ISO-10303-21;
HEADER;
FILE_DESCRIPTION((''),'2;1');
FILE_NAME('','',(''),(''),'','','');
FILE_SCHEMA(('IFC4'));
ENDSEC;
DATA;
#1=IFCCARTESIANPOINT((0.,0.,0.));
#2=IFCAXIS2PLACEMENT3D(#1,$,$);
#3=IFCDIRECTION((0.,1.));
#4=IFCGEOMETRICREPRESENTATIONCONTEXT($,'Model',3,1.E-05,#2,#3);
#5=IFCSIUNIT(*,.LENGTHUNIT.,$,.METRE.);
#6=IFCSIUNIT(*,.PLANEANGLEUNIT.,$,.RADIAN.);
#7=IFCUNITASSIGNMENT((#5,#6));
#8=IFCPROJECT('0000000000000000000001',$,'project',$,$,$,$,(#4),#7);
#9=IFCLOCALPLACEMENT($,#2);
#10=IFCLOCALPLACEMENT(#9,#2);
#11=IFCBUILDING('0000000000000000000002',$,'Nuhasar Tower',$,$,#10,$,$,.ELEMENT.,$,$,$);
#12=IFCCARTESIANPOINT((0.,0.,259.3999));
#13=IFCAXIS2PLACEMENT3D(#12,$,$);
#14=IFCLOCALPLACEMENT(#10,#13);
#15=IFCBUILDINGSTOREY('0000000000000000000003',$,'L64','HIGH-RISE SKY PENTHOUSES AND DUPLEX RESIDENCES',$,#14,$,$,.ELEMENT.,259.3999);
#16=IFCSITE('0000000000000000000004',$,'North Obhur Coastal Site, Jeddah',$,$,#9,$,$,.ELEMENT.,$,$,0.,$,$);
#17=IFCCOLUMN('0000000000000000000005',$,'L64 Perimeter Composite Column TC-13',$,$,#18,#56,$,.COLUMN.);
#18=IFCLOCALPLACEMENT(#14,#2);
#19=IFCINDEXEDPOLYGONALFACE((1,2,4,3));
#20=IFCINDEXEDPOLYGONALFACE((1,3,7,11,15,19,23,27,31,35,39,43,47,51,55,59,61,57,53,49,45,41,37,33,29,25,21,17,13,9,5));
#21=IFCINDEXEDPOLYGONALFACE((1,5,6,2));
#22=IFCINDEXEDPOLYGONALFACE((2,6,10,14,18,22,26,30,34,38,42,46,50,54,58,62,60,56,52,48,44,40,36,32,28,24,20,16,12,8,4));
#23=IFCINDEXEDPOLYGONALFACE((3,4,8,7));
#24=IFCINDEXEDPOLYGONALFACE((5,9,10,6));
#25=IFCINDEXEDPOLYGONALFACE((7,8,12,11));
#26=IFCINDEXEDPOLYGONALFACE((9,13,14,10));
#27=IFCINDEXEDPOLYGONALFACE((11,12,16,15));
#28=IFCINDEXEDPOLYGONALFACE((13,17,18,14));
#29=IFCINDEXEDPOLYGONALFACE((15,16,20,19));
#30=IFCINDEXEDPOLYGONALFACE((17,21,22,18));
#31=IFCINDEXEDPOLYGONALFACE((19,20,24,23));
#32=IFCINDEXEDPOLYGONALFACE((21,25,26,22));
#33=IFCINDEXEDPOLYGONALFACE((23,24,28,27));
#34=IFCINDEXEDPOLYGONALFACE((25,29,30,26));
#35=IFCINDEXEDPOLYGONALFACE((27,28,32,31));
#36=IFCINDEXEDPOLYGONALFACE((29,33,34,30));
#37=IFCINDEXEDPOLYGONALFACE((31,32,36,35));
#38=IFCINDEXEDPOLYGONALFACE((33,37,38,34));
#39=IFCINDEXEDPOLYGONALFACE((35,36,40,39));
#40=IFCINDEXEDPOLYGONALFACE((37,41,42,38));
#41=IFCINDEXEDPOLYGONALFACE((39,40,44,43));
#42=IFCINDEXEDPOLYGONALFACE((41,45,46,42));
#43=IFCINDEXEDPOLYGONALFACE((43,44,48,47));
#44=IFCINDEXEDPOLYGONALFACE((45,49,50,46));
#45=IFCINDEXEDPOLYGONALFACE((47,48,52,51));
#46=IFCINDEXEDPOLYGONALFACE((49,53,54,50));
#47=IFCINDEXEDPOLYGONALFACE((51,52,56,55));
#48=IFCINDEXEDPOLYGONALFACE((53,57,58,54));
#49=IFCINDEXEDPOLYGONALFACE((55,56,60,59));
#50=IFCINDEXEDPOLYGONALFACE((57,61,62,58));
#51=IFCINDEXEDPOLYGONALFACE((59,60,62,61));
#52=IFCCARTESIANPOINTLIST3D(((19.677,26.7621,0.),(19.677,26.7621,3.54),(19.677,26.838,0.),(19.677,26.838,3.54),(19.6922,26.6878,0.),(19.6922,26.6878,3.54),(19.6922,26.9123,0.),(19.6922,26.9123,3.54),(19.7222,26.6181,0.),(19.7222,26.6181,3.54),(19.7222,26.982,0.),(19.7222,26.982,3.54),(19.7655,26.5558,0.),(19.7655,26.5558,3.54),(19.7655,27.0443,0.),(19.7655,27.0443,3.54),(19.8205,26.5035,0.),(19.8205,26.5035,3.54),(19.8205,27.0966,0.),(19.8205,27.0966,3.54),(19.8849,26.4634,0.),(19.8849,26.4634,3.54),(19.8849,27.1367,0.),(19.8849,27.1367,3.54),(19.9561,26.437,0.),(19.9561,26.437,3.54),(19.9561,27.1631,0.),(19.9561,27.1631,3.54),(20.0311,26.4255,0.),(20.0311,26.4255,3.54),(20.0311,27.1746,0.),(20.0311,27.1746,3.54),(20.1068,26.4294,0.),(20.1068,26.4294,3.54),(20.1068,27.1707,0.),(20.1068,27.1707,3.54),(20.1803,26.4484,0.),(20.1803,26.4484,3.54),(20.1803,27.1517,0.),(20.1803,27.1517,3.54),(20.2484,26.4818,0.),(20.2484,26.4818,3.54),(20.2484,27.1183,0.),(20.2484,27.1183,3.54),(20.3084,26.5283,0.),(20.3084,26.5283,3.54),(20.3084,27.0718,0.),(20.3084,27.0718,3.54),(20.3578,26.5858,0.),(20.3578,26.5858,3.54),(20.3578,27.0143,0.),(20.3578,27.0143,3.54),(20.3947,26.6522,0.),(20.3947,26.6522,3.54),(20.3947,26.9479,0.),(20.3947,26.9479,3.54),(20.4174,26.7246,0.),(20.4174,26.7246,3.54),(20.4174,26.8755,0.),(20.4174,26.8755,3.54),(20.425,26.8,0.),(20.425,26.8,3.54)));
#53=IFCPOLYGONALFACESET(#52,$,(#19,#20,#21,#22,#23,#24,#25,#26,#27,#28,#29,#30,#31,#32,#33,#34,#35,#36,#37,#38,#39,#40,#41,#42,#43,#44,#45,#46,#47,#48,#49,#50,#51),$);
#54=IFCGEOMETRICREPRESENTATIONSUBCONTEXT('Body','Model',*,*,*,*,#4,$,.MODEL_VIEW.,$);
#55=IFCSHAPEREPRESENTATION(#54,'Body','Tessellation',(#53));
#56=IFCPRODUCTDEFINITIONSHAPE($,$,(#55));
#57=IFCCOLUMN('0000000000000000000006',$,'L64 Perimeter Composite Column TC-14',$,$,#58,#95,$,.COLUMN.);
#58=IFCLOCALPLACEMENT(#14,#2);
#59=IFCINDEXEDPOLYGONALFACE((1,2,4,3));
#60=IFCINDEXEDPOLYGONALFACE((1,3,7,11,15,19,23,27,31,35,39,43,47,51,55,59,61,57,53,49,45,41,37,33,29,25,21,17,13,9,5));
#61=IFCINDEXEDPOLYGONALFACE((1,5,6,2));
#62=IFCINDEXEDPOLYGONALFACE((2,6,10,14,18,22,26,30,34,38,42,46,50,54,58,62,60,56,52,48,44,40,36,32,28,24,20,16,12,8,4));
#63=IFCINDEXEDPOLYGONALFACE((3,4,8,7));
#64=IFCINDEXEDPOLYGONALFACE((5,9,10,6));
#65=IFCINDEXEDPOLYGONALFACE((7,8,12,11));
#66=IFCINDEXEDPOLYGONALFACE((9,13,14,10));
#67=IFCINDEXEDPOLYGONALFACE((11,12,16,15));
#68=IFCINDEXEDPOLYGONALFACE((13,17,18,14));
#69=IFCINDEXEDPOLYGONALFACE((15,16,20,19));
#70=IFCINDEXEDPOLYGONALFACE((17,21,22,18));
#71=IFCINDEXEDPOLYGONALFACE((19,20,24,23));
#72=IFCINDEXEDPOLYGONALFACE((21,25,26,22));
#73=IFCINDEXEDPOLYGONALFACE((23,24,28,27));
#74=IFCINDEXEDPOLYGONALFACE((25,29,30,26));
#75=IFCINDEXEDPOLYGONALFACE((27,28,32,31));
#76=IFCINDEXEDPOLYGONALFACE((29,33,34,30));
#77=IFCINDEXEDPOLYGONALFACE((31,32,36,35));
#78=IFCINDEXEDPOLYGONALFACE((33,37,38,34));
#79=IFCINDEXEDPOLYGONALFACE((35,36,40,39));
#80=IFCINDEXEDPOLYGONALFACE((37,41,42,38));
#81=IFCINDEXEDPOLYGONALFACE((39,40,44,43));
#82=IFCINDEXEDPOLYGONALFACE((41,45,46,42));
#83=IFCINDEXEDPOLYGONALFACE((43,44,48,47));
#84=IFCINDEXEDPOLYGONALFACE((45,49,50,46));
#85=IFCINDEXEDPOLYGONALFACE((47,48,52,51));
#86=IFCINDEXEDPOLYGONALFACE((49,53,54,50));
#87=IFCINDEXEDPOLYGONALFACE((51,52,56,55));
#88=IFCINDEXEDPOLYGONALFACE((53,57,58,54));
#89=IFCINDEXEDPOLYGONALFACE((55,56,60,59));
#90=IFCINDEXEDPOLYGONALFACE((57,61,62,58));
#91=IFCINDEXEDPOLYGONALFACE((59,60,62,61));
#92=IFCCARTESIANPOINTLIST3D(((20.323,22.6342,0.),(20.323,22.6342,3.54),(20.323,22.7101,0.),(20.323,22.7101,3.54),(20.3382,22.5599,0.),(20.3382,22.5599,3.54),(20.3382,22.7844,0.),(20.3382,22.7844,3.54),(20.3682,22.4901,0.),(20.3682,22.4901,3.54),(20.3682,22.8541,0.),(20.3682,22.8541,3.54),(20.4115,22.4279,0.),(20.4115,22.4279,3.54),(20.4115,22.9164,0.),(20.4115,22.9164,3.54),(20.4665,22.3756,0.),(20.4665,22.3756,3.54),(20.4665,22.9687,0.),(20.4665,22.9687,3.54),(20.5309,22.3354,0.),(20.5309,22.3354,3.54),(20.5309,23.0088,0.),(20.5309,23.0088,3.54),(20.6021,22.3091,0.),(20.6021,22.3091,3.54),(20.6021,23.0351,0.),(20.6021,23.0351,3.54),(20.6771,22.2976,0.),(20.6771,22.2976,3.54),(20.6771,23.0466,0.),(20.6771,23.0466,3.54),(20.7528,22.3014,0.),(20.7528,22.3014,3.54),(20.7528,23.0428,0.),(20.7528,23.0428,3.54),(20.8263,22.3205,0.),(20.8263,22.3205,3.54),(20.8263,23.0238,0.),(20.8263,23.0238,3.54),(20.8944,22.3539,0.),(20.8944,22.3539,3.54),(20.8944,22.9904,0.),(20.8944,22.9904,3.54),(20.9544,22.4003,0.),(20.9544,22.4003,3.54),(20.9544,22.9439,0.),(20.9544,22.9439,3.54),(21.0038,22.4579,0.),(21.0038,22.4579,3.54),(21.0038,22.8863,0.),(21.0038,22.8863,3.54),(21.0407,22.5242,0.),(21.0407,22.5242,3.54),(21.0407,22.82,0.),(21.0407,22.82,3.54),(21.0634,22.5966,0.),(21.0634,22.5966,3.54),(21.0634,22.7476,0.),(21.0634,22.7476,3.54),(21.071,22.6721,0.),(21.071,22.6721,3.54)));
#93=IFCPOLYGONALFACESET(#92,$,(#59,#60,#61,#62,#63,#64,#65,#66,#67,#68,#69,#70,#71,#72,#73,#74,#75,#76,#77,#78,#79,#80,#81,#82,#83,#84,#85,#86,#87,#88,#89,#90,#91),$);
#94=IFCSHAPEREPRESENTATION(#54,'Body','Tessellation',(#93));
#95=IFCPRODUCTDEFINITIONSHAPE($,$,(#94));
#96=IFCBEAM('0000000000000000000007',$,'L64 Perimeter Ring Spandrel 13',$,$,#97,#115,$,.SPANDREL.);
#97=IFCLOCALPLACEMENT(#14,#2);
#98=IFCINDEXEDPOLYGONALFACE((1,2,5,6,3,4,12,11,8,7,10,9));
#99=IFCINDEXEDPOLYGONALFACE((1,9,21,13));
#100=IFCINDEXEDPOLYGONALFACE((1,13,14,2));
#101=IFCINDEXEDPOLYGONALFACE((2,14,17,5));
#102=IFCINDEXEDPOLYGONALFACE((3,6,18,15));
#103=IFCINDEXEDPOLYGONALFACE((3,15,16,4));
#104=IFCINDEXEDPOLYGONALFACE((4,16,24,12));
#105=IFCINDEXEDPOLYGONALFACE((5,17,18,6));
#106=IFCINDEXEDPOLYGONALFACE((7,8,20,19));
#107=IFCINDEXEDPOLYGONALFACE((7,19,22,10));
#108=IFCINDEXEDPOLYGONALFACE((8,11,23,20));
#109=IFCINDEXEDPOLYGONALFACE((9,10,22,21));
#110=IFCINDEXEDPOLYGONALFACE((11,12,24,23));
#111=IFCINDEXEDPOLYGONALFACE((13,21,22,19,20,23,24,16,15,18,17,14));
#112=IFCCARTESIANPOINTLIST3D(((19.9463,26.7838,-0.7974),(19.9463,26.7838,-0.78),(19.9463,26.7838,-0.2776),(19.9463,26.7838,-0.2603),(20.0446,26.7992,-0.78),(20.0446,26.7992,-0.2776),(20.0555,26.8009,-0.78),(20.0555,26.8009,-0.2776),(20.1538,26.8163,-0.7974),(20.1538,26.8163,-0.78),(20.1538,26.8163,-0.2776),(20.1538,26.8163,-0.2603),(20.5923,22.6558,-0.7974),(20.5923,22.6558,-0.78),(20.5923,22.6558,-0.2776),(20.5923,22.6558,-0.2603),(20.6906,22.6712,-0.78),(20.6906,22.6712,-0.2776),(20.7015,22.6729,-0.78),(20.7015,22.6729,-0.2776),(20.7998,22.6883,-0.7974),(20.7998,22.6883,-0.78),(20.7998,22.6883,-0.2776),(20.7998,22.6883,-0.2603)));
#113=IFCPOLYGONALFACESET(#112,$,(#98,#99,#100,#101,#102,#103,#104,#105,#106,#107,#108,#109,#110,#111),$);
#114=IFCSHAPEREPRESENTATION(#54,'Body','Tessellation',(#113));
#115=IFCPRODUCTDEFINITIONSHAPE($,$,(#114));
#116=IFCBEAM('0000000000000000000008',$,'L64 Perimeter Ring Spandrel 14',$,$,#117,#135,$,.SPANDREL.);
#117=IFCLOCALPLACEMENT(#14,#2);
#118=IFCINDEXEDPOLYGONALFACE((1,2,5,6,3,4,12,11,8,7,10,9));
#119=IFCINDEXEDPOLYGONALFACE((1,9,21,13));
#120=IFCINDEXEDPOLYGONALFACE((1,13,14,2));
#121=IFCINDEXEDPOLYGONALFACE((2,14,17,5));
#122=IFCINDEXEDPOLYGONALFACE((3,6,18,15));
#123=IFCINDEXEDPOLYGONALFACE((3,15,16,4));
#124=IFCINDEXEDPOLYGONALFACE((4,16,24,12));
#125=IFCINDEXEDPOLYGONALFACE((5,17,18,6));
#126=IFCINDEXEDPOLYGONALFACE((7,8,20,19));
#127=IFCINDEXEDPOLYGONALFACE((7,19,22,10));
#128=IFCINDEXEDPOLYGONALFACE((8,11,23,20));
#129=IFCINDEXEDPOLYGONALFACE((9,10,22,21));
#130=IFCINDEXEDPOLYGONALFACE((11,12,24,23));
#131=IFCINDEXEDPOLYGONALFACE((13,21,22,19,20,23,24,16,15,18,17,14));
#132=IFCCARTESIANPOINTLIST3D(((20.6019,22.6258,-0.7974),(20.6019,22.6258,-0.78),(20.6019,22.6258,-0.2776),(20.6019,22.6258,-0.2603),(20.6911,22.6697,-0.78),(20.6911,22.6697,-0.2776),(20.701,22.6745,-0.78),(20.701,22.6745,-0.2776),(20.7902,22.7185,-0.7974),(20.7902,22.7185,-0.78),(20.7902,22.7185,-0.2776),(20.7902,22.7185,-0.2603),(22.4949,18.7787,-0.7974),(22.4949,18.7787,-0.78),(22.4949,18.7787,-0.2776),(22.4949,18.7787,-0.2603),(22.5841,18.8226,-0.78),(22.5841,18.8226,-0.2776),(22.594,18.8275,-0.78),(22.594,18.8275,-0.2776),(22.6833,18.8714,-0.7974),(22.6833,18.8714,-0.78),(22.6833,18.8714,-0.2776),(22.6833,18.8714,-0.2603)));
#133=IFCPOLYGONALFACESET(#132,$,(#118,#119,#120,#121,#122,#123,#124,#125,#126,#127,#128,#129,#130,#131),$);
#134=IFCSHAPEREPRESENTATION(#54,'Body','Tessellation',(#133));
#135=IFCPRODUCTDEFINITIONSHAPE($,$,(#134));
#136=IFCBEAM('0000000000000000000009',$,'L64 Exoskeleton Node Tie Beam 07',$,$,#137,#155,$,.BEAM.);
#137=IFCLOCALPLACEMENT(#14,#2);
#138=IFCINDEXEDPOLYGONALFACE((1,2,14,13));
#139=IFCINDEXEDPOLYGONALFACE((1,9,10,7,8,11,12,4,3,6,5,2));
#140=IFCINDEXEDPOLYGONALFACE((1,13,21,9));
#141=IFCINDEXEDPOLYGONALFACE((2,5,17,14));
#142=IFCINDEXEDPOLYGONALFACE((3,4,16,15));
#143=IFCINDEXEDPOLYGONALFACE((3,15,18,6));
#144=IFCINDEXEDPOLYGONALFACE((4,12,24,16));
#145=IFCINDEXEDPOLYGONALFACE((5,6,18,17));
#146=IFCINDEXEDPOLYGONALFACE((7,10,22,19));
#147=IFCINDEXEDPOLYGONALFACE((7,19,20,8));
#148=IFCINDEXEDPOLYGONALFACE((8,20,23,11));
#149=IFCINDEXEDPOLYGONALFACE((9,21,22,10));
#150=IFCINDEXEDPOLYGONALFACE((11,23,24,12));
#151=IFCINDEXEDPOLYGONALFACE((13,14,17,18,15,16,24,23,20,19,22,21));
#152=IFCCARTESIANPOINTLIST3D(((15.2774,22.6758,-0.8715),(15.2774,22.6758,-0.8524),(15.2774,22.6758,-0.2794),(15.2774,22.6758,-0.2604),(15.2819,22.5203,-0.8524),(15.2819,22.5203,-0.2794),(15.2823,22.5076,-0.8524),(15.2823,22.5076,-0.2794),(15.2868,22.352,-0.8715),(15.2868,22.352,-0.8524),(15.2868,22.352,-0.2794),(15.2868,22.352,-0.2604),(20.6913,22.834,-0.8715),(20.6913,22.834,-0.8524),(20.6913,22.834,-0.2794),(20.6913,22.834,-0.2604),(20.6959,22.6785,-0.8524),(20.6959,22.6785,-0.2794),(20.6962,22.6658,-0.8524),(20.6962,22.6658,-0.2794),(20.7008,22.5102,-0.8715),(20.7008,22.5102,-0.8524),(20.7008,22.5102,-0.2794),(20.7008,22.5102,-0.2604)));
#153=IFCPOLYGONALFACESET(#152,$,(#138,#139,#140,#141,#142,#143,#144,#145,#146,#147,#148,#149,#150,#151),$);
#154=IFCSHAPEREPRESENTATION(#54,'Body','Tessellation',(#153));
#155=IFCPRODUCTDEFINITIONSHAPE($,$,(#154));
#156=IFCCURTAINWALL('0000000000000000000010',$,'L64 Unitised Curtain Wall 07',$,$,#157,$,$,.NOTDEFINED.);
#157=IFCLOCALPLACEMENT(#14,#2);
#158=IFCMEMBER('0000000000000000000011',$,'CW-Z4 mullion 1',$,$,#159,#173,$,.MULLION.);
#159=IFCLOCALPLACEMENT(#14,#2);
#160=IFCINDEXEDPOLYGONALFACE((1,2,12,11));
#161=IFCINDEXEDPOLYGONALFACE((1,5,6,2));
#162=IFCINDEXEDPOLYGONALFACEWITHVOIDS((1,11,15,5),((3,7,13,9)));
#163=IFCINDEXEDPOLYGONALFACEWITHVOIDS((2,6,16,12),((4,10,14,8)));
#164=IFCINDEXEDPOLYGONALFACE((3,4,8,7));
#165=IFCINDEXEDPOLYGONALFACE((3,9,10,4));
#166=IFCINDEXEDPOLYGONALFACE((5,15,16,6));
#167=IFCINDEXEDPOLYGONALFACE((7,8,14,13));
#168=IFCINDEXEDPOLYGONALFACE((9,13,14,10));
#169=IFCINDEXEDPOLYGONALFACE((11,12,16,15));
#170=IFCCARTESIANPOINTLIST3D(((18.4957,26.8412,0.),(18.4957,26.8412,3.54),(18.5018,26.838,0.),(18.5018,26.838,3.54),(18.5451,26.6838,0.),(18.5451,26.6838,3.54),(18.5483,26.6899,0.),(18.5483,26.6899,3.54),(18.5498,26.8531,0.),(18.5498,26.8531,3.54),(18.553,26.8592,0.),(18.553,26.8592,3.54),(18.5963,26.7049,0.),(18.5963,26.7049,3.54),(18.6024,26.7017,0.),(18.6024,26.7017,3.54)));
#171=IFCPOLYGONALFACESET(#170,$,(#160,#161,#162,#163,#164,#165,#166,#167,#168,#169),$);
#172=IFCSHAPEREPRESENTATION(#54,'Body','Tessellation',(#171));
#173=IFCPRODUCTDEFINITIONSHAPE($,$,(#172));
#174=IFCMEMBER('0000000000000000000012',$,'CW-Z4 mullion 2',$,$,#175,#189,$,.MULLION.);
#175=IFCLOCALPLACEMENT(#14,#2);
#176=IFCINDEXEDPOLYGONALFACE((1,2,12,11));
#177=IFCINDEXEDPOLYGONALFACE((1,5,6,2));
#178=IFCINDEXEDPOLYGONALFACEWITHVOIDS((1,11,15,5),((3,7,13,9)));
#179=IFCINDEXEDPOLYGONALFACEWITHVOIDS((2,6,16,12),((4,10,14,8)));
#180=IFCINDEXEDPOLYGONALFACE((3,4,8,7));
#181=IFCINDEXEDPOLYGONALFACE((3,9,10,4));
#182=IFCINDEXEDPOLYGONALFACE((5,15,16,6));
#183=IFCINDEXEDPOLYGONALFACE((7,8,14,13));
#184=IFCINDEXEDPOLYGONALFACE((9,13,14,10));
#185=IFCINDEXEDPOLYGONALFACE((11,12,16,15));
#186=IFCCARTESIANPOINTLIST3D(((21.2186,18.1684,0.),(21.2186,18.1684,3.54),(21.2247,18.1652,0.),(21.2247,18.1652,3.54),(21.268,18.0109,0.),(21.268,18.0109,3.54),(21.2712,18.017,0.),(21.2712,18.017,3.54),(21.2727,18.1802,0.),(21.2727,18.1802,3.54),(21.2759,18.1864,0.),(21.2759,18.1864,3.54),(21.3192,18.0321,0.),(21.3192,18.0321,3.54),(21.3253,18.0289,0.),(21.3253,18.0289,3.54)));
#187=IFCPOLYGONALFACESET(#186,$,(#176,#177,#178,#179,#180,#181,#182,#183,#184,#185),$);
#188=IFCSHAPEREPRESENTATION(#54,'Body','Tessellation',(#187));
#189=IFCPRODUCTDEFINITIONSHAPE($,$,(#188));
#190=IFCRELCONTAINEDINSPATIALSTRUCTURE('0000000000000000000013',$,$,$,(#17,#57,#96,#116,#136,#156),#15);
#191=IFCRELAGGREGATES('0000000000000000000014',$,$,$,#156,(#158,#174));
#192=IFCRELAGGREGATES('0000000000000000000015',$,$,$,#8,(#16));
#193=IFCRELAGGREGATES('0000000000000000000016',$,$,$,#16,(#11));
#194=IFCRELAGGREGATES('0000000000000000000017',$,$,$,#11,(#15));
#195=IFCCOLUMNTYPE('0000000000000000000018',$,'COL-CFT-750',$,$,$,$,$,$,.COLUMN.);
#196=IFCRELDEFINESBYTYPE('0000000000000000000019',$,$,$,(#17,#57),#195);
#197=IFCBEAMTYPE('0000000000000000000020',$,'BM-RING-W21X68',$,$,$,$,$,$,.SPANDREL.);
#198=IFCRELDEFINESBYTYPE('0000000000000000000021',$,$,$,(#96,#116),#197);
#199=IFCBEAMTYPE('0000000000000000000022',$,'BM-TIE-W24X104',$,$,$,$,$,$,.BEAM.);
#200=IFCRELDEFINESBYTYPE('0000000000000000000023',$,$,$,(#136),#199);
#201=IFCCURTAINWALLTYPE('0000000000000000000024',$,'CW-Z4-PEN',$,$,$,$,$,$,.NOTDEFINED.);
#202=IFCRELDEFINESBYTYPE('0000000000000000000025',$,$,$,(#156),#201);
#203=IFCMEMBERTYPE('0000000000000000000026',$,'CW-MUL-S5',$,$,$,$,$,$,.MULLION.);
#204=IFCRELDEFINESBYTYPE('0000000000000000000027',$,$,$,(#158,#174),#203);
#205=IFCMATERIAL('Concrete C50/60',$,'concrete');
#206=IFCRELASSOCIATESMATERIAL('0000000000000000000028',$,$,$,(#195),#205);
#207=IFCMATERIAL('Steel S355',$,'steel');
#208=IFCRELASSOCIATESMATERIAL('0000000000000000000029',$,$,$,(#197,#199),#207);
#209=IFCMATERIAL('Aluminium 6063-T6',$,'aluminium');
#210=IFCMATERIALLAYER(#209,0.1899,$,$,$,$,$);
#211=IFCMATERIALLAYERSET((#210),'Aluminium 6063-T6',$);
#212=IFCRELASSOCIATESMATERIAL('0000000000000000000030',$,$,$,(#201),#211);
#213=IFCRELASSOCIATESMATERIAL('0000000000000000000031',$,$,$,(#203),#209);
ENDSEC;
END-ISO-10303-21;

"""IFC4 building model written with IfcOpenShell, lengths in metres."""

from ifc_helpers import new_model, si_unit, direction, frame, origin, origin_2d, place, context, subcontext, project, spatial, hollow_rectangle, circle, i_section, extrude, material, layer, layer_set, material_profile, profile_set, type_object, element, aggregate, save


model = new_model("IFC4")

# Units and contexts
model_context = context("Model", 3, precision=1e-05, world=origin(), true_north=direction((0.0, 1.0)))
body_context = subcontext(model_context, "Body", "Model", "MODEL_VIEW")
ifc_project = project(units=[si_unit("LENGTHUNIT", "METRE"), si_unit("PLANEANGLEUNIT", "RADIAN")], contexts=[model_context])

# Site, building, storey
site_placement = place(None, origin())
site = spatial("IfcSite", under=ifc_project, at=site_placement, Name="North Obhur Coastal Site, Jeddah", CompositionType="ELEMENT", RefElevation=0.0)
building_placement = place(site_placement, origin())
building = spatial("IfcBuilding", under=site, at=building_placement, Name="Nuhasar Tower", CompositionType="ELEMENT")
storey_placement = place(building_placement, frame((0.0, 0.0, 259.3999)))
storey = spatial("IfcBuildingStorey", under=building, at=storey_placement, Name="L64", Description="HIGH-RISE SKY PENTHOUSES AND DUPLEX RESIDENCES", CompositionType="ELEMENT", Elevation=259.3999)

# Columns
ifc_material_1 = material(Name="Concrete C50/60", Category="concrete")
ifc_material_profile_1 = material_profile(ifc_material_1, circle(Radius=0.375, at=origin_2d()), Name="CFT750")
ifc_profile_set_1 = profile_set([ifc_material_profile_1], Name="Concrete C50/60")
column_type = type_object("IfcColumnType", Name="COL-CFT-750", PredefinedType="COLUMN", material=ifc_profile_set_1)
for number, where, z_axis, x_axis, name in (
    (1, (20.05, 26.8, 0.0), (0.0, 0.0, 1.0), (1.0, 0.0, 0.0), "L64 Perimeter Composite Column TC-13"),
    (2, (20.696, 22.6721, 0.0), (0.0, 0.0, 1.0), (1.0, 0.0, 0.0), "L64 Perimeter Composite Column TC-14"),
):
    element("IfcColumn", number, at=place(storey_placement, frame(where, z_axis=z_axis, x_axis=x_axis)), inside=storey, type_object=column_type, Name=name, PredefinedType="COLUMN", context=body_context, shape_type="SweptSolid", body=[
        extrude(circle(Radius=0.375, at=origin_2d()), origin(), (0.0, 0.0, 1.0), 3.54),
    ])

# Beams
ifc_material_2 = material(Name="Steel S355", Category="steel")
ifc_material_profile_2 = material_profile(ifc_material_2, i_section(OverallWidth=0.21, OverallDepth=0.5371, WebThickness=0.011, FlangeThickness=0.0173, at=origin_2d()), Name="W21X68")
ifc_profile_set_2 = profile_set([ifc_material_profile_2], Name="Steel S355")
beam_type_1 = type_object("IfcBeamType", Name="BM-RING-W21X68", PredefinedType="SPANDREL", material=ifc_profile_set_2)
beam_1_placement = place(storey_placement, frame((20.05, 26.8, -0.5288), z_axis=(0.154612, -0.987975, 0.0), x_axis=(0.987975, 0.154612, 0.0)))
element("IfcBeam", 3, at=beam_1_placement, inside=storey, type_object=beam_type_1, Name="L64 Perimeter Ring Spandrel 13", PredefinedType="SPANDREL", context=body_context, shape_type="SweptSolid", body=[
    extrude(i_section(OverallWidth=0.21, OverallDepth=0.5371, WebThickness=0.011, FlangeThickness=0.0173, at=origin_2d()), origin(), (0.0, 0.0, 1.0), 4.1782),
])
beam_2_placement = place(storey_placement, frame((20.696, 22.6721, -0.5288), z_axis=(0.441511, -0.897256, 0.0), x_axis=(0.897256, 0.441511, 0.0)))
element("IfcBeam", 4, at=beam_2_placement, inside=storey, type_object=beam_type_1, Name="L64 Perimeter Ring Spandrel 14", PredefinedType="SPANDREL", context=body_context, shape_type="SweptSolid", body=[
    extrude(i_section(OverallWidth=0.21, OverallDepth=0.5371, WebThickness=0.011, FlangeThickness=0.0173, at=origin_2d()), origin(), (0.0, 0.0, 1.0), 4.2876),
])
ifc_material_profile_3 = material_profile(ifc_material_2, i_section(OverallWidth=0.324, OverallDepth=0.6111, WebThickness=0.0127, FlangeThickness=0.019, at=origin_2d()), Name="W24X104")
ifc_profile_set_3 = profile_set([ifc_material_profile_3], Name="Steel S355")
beam_type_2 = type_object("IfcBeamType", Name="BM-TIE-W24X104", PredefinedType="BEAM", material=ifc_profile_set_3)
beam_3_placement = place(storey_placement, frame((20.696, 22.6721, -0.5659), z_axis=(-0.999573, -0.029208, 0.0), x_axis=(0.029208, -0.999573, 0.0)))
element("IfcBeam", 5, at=beam_3_placement, inside=storey, type_object=beam_type_2, Name="L64 Exoskeleton Node Tie Beam 07", PredefinedType="BEAM", context=body_context, shape_type="SweptSolid", body=[
    extrude(i_section(OverallWidth=0.324, OverallDepth=0.6111, WebThickness=0.0127, FlangeThickness=0.019, at=origin_2d()), origin(), (0.0, 0.0, 1.0), 5.4163),
])

# Curtain wall, members
ifc_material_3 = material(Name="Aluminium 6063-T6", Category="aluminium")
ifc_layer_1 = layer(ifc_material_3, 0.1899)
ifc_layer_set_1 = layer_set([ifc_layer_1], Name="Aluminium 6063-T6")
curtain_wall_type = type_object("IfcCurtainWallType", Name="CW-Z4-PEN", PredefinedType="NOTDEFINED", material=ifc_layer_set_1)
curtain_wall_1_placement = place(storey_placement, origin())
curtain_wall_1 = element("IfcCurtainWall", 6, at=curtain_wall_1_placement, inside=storey, type_object=curtain_wall_type, Name="L64 Unitised Curtain Wall 07", PredefinedType="NOTDEFINED")
ifc_material_profile_4 = material_profile(ifc_material_3, hollow_rectangle(XDim=0.0601, YDim=0.165, WallThickness=0.0049, at=origin_2d()), Name="CWM-5")
ifc_profile_set_4 = profile_set([ifc_material_profile_4], Name="Aluminium 6063-T6")
member_type_1 = type_object("IfcMemberType", Name="CW-MUL-S5", PredefinedType="MULLION", material=ifc_profile_set_4)
member_1_placement = place(storey_placement, frame((18.5491, 26.7715, 0.0), z_axis=(0.0, 0.0, 1.0), x_axis=(0.954079, 0.299557, 0.0)))
member_1 = element("IfcMember", 7, at=member_1_placement, type_object=member_type_1, Name="CW-Z4 mullion 1", PredefinedType="MULLION", context=body_context, shape_type="SweptSolid", body=[
    extrude(hollow_rectangle(XDim=0.0601, YDim=0.165, WallThickness=0.0049, at=origin_2d()), origin(), (0.0, 0.0, 1.0), 3.54),
])
member_2_placement = place(storey_placement, frame((21.272, 18.0986, 0.0), z_axis=(0.0, 0.0, 1.0), x_axis=(0.954079, 0.299557, 0.0)))
member_2 = element("IfcMember", 8, at=member_2_placement, type_object=member_type_1, Name="CW-Z4 mullion 2", PredefinedType="MULLION", context=body_context, shape_type="SweptSolid", body=[
    extrude(hollow_rectangle(XDim=0.0601, YDim=0.165, WallThickness=0.0049, at=origin_2d()), origin(), (0.0, 0.0, 1.0), 3.54),
])

aggregate(curtain_wall_1, [member_1, member_2])

save(model, "model.ifc")
